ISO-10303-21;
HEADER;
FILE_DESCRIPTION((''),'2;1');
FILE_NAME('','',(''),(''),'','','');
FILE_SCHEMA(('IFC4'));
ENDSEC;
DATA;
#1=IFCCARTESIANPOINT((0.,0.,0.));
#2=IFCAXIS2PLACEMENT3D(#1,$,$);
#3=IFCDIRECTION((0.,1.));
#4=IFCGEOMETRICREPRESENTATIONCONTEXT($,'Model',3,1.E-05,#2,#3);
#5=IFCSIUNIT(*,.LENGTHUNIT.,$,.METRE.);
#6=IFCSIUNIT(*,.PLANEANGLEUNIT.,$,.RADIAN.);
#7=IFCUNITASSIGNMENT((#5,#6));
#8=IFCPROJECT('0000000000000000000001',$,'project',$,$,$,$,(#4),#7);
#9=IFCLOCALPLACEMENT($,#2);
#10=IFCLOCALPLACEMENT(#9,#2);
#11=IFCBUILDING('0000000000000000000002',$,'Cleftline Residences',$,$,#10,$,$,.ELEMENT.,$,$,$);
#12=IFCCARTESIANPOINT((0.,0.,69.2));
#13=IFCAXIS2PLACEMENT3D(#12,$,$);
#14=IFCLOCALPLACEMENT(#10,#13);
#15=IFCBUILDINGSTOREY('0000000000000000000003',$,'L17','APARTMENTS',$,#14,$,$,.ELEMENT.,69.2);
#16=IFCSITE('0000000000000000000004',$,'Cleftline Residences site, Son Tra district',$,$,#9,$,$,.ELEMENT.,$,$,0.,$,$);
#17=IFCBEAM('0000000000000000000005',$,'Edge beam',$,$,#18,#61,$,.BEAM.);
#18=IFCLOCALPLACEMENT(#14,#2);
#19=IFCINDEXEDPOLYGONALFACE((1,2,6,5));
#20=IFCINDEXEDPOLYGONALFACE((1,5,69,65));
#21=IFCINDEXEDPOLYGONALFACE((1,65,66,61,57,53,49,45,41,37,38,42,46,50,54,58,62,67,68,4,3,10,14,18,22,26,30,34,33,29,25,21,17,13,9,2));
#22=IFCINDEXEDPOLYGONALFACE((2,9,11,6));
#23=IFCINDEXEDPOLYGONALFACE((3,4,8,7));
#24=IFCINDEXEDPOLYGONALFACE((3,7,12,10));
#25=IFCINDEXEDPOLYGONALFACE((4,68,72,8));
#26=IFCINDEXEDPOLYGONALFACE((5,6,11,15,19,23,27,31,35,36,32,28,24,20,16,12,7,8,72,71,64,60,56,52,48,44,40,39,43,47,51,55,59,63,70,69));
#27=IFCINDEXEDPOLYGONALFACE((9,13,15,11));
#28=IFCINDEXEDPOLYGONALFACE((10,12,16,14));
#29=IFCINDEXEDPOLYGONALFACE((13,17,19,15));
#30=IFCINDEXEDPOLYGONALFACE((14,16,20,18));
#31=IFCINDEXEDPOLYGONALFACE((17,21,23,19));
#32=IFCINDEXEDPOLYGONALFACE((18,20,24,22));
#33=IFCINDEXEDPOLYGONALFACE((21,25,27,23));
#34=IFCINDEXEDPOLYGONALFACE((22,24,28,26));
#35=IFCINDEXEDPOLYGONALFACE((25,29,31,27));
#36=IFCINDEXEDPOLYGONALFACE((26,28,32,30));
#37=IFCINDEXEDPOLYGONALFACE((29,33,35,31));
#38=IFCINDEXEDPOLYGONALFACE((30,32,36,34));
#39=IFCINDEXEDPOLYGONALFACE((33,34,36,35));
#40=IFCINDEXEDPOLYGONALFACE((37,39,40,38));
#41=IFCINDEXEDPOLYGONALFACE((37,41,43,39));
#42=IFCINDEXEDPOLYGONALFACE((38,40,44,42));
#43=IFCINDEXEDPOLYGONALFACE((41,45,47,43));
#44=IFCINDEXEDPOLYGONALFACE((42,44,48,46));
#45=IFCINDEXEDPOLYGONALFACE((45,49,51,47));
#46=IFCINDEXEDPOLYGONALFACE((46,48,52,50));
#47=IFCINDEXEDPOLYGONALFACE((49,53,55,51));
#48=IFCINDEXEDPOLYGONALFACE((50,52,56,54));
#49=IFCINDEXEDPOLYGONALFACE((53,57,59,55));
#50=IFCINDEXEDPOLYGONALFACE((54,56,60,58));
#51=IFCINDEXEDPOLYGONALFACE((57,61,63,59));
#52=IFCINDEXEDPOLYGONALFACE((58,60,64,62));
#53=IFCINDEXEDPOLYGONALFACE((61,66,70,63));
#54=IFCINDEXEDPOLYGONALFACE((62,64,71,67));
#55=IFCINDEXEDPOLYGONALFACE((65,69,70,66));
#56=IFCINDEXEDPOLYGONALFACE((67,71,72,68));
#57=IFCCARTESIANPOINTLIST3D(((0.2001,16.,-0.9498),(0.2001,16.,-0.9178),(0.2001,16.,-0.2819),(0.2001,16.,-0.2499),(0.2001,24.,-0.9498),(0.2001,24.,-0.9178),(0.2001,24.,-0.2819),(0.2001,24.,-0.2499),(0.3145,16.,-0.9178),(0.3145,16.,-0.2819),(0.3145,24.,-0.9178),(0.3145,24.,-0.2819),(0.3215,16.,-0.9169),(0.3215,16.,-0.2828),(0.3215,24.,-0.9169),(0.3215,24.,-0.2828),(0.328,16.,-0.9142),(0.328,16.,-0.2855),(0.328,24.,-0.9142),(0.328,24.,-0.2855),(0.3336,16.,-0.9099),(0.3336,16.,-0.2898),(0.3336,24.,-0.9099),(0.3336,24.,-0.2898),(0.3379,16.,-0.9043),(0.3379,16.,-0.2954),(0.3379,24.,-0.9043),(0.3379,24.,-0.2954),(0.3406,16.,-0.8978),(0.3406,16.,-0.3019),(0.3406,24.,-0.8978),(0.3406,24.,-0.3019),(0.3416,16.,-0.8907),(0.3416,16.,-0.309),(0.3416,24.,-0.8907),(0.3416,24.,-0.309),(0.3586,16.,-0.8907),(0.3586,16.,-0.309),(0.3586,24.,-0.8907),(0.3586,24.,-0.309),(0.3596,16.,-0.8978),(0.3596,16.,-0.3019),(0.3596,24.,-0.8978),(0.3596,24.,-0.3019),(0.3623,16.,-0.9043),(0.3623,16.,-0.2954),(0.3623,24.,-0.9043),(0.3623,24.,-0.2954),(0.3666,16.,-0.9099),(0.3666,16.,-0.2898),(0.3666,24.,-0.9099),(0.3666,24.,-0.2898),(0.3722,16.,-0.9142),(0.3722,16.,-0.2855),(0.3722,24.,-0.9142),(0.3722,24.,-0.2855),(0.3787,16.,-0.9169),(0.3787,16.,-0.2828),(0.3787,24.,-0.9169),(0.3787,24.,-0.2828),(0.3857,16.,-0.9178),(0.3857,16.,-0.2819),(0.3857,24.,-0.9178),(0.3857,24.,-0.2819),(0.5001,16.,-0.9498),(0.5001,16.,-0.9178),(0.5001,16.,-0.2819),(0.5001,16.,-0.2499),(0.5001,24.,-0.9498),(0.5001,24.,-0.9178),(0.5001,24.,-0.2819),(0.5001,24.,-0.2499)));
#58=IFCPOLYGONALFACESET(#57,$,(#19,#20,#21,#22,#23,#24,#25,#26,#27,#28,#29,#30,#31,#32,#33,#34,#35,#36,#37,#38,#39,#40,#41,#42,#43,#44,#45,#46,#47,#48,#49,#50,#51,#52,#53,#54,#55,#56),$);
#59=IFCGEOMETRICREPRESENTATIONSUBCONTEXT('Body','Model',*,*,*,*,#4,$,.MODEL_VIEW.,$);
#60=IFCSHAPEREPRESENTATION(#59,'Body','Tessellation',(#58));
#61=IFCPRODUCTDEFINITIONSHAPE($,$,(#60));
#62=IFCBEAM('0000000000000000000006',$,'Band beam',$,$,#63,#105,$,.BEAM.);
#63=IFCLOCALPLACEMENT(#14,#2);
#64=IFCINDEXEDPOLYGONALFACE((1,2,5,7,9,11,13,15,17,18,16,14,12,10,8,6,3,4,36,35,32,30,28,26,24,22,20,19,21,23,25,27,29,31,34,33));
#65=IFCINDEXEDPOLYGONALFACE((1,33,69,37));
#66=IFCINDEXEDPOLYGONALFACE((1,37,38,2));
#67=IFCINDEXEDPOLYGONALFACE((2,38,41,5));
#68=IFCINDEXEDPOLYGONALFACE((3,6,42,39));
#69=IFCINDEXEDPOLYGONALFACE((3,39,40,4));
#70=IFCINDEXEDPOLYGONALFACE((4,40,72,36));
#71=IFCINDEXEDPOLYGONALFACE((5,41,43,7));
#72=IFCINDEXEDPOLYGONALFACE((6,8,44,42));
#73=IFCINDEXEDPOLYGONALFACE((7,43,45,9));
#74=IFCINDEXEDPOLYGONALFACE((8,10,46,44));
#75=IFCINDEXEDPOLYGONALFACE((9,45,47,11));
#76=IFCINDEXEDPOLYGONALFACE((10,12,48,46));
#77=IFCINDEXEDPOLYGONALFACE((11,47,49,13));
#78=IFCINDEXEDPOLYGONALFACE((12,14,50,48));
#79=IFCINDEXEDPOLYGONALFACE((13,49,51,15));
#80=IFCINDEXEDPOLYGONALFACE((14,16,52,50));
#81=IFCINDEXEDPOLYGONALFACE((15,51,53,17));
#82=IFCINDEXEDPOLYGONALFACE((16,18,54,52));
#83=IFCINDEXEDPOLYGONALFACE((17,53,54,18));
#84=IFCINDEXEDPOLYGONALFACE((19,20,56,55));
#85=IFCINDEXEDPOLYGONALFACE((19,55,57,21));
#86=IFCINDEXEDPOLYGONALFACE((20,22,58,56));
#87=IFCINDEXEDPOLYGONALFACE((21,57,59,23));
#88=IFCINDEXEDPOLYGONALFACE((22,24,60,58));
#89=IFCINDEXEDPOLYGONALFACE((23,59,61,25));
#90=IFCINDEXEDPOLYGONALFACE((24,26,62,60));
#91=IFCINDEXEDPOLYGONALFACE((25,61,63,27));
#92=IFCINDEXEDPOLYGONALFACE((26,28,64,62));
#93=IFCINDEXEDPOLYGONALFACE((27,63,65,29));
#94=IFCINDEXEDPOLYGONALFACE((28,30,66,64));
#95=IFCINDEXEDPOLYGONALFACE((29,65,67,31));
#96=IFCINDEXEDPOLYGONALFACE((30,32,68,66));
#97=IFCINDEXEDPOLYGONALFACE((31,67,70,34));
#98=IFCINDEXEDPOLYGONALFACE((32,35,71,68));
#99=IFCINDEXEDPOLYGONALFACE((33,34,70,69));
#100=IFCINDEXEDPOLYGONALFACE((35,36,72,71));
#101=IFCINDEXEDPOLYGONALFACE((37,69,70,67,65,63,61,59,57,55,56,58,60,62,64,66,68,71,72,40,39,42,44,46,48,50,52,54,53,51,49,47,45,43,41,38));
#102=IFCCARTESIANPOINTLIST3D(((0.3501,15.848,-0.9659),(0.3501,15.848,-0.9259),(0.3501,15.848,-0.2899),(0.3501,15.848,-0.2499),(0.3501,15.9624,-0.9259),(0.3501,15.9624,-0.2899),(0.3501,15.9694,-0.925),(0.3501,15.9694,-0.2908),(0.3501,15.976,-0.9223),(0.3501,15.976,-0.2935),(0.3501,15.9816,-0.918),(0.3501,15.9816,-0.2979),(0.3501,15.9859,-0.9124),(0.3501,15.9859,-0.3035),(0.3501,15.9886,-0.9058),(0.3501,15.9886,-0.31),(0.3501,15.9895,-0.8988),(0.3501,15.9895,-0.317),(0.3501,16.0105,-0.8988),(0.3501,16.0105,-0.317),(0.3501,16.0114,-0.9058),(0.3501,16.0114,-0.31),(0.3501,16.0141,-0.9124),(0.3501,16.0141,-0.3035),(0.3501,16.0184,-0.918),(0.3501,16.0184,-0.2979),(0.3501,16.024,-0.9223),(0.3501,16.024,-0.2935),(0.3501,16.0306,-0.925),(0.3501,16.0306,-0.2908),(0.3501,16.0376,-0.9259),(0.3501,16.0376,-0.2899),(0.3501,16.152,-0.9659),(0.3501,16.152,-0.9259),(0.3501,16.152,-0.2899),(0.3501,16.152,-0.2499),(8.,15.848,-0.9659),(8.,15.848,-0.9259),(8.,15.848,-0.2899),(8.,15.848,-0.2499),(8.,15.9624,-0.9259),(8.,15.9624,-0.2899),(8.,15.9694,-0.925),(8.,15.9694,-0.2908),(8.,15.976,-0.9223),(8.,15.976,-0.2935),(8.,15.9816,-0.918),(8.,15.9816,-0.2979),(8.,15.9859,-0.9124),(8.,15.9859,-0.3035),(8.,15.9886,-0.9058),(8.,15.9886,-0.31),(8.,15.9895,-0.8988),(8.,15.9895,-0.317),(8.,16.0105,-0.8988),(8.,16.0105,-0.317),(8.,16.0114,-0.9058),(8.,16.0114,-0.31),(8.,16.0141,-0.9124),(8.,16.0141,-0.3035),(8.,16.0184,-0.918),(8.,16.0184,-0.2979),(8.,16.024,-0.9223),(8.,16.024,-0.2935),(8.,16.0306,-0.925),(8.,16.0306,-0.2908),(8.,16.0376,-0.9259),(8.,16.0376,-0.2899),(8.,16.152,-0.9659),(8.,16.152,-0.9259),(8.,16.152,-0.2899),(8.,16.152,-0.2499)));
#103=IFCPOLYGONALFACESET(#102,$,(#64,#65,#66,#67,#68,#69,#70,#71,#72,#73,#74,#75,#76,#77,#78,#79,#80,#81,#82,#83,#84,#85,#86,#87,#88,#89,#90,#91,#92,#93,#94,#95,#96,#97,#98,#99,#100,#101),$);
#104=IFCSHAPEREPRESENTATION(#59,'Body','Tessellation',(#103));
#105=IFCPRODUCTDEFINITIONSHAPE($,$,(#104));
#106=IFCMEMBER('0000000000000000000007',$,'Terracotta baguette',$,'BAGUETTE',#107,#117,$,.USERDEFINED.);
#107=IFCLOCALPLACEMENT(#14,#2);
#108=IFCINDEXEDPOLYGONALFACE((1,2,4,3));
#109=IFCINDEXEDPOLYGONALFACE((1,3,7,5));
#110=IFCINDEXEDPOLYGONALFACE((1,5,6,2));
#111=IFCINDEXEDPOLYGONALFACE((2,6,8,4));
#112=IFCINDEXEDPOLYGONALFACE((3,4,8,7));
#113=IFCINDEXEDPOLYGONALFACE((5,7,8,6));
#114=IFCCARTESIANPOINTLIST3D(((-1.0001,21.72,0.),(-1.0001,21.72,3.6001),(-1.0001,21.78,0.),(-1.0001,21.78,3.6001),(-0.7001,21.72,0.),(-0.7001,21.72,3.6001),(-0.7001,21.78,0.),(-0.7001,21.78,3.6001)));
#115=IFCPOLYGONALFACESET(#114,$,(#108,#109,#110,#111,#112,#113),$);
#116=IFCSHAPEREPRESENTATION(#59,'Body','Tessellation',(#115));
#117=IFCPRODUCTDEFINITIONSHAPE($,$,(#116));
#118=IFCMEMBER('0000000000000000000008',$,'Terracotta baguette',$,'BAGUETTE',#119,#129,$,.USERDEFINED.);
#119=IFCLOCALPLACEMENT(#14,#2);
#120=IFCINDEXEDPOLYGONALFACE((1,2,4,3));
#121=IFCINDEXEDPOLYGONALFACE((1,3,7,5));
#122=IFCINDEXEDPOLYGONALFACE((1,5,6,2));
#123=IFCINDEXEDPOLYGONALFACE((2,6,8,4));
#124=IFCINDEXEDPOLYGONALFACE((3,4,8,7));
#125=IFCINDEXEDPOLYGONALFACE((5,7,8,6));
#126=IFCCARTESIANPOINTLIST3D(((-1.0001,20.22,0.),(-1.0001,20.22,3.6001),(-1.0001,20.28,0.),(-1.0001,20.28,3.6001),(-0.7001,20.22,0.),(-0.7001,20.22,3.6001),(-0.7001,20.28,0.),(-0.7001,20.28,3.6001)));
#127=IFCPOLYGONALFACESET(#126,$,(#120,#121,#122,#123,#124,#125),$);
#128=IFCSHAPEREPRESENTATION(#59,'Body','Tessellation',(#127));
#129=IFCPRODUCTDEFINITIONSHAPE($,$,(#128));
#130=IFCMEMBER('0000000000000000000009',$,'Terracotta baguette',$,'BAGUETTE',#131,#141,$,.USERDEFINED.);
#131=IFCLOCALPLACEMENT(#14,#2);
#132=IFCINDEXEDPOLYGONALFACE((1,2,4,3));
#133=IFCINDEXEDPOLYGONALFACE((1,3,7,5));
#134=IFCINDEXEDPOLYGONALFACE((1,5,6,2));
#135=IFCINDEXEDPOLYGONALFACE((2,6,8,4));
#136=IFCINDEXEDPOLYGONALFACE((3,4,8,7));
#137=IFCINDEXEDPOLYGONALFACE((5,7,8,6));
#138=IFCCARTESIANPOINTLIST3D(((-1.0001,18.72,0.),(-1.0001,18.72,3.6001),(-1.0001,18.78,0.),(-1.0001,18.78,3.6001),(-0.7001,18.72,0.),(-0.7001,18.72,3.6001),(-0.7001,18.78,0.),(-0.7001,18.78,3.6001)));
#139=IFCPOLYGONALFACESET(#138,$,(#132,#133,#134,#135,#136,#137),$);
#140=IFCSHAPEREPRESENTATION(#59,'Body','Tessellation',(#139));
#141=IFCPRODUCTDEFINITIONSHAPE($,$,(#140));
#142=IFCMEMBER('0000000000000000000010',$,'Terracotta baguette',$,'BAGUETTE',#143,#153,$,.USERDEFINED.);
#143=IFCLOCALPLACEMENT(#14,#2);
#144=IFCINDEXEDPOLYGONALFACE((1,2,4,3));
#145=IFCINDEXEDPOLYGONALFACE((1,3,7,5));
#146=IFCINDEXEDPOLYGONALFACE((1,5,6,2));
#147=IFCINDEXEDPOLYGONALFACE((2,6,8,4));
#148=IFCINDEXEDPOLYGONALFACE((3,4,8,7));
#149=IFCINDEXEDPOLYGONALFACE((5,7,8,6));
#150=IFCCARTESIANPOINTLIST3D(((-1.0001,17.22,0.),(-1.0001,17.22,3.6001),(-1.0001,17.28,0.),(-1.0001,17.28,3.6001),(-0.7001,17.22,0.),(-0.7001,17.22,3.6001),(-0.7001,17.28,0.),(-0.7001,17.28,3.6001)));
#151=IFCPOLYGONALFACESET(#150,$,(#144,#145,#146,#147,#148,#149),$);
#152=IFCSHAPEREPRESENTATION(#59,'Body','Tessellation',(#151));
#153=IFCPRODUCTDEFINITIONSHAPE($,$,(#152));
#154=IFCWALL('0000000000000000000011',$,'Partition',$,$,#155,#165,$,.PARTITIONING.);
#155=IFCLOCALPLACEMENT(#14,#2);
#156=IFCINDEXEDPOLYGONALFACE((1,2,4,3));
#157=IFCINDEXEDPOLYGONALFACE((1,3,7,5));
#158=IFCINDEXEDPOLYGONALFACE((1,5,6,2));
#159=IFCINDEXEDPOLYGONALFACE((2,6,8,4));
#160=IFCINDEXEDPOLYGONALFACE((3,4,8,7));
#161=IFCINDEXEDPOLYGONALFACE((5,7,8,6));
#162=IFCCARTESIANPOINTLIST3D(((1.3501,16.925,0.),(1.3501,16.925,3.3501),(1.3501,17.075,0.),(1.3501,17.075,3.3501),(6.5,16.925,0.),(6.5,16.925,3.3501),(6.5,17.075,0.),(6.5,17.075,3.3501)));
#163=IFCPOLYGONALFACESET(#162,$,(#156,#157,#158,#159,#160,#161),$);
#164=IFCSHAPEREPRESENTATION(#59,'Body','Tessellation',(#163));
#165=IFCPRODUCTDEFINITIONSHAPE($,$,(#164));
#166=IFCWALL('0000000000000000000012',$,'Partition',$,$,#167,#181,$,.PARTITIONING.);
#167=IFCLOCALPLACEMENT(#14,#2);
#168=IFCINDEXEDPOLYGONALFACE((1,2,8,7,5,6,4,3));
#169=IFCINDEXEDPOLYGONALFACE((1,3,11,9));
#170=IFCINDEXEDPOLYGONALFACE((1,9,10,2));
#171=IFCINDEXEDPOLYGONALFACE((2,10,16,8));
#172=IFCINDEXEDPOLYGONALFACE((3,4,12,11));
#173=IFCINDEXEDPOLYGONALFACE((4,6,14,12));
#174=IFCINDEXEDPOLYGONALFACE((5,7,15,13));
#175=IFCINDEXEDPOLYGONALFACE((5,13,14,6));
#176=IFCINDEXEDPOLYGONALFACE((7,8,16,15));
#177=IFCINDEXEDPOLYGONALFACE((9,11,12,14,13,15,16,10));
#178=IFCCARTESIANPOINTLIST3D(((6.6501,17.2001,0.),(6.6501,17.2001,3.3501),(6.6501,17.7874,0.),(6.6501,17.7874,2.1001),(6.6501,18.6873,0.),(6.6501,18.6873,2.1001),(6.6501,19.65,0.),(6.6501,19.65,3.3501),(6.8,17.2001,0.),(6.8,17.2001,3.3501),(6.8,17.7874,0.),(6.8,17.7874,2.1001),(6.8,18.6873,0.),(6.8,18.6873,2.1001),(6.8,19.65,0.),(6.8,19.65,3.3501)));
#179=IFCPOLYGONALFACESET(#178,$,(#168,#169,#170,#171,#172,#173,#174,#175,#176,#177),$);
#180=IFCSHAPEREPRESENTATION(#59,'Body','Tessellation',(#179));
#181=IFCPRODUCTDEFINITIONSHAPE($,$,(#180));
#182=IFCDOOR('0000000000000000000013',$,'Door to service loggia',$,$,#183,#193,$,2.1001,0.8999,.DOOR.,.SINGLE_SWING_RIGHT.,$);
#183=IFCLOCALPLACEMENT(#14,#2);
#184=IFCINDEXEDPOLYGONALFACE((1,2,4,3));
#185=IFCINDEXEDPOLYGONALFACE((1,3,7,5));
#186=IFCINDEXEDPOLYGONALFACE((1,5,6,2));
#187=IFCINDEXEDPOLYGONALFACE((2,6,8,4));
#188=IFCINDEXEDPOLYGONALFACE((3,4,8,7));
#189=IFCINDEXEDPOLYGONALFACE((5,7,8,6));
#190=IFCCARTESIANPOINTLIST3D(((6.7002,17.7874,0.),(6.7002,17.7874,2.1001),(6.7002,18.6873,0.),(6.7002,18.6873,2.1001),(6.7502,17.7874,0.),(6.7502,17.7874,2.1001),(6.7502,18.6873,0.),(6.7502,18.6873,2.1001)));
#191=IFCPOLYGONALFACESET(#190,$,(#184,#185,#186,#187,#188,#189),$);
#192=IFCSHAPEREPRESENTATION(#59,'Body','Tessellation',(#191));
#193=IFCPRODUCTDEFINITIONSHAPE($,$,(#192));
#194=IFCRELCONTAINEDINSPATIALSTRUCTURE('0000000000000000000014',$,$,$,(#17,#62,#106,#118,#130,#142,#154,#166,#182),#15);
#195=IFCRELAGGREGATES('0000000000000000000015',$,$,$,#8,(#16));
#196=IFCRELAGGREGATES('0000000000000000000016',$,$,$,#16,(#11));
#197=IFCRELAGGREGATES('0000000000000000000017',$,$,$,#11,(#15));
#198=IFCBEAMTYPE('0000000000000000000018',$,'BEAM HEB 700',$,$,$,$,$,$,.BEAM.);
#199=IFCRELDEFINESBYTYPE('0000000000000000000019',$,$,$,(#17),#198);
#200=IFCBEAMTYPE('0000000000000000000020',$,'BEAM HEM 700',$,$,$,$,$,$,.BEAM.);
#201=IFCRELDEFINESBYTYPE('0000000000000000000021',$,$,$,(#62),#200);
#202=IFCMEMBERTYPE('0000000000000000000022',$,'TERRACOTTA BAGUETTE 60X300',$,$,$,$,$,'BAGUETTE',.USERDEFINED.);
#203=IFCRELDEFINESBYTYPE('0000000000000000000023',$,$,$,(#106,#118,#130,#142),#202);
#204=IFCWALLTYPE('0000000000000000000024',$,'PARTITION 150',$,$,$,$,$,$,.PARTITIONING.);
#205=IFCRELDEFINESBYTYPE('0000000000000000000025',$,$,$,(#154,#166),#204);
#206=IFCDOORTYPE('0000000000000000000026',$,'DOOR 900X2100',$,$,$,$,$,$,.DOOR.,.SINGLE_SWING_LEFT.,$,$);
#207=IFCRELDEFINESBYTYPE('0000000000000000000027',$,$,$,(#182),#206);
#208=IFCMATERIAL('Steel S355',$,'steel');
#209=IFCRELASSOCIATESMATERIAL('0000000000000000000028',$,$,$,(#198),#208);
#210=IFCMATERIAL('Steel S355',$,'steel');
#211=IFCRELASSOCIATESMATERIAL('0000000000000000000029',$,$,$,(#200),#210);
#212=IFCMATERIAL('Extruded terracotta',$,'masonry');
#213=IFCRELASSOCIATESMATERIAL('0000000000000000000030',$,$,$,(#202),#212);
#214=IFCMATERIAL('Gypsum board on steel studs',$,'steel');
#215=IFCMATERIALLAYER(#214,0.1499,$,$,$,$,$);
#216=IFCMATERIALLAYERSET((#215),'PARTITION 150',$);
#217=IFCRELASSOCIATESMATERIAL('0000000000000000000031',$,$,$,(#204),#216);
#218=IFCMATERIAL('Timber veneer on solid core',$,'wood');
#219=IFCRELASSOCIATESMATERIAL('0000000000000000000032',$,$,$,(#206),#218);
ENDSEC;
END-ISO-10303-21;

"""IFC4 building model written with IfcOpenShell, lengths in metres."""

from ifc_helpers import new_model, si_unit, direction, frame, frame_2d, origin, origin_2d, place, context, subcontext, project, spatial, rectangle, i_section, extrude, material, layer, layer_set, material_profile, profile_set, type_object, element, fill, save


model = new_model("IFC4")

# Units and contexts
model_context = context("Model", 3, precision=1e-05, world=origin(), true_north=direction((0.0, 1.0)))
body_context = subcontext(model_context, "Body", "Model", "MODEL_VIEW")
ifc_project = project(units=[si_unit("LENGTHUNIT", "METRE"), si_unit("PLANEANGLEUNIT", "RADIAN")], contexts=[model_context])

# Site, building, storey
site_placement = place(None, origin())
site = spatial("IfcSite", under=ifc_project, at=site_placement, Name="Cleftline Residences site, Son Tra district", CompositionType="ELEMENT", RefElevation=0.0)
building_placement = place(site_placement, origin())
building = spatial("IfcBuilding", under=site, at=building_placement, Name="Cleftline Residences", CompositionType="ELEMENT")
storey_placement = place(building_placement, frame((0.0, 0.0, 69.2)))
storey = spatial("IfcBuildingStorey", under=building, at=storey_placement, Name="L17", Description="APARTMENTS", CompositionType="ELEMENT", Elevation=69.2)

# Beams
ifc_material_1 = material(Name="Steel S355", Category="steel")
ifc_material_profile_1 = material_profile(ifc_material_1, i_section(OverallWidth=0.3, OverallDepth=0.7, WebThickness=0.0171, FlangeThickness=0.032, FilletRadius=0.0271, at=origin_2d()))
ifc_profile_set_1 = profile_set([ifc_material_profile_1], Name="Steel S355")
beam_type_1 = type_object("IfcBeamType", Name="BEAM HEB 700", PredefinedType="BEAM", material=ifc_profile_set_1)
beam_1_placement = place(storey_placement, frame((0.3501, 16.0, -0.5999), z_axis=(0.0, 1.0, 0.0), x_axis=(-1.0, 0.0, 0.0)))
element("IfcBeam", 1, at=beam_1_placement, inside=storey, type_object=beam_type_1, Name="Edge beam", PredefinedType="BEAM", context=body_context, shape_type="SweptSolid", body=[
    extrude(i_section(OverallWidth=0.3, OverallDepth=0.7, WebThickness=0.0171, FlangeThickness=0.032, FilletRadius=0.0271, at=origin_2d()), origin(), (0.0, 0.0, 1.0), 8.0),
])
ifc_material_2 = material(Name="Steel S355", Category="steel")
ifc_material_profile_2 = material_profile(ifc_material_2, i_section(OverallWidth=0.304, OverallDepth=0.7161, WebThickness=0.021, FlangeThickness=0.04, FilletRadius=0.0271, at=origin_2d()))
ifc_profile_set_2 = profile_set([ifc_material_profile_2], Name="Steel S355")
beam_type_2 = type_object("IfcBeamType", Name="BEAM HEM 700", PredefinedType="BEAM", material=ifc_profile_set_2)
beam_2_placement = place(storey_placement, frame((0.3501, 16.0, -0.6079), z_axis=(1.0, 0.0, 0.0), x_axis=(0.0, 1.0, 0.0)))
element("IfcBeam", 2, at=beam_2_placement, inside=storey, type_object=beam_type_2, Name="Band beam", PredefinedType="BEAM", context=body_context, shape_type="SweptSolid", body=[
    extrude(i_section(OverallWidth=0.304, OverallDepth=0.7161, WebThickness=0.021, FlangeThickness=0.04, FilletRadius=0.0271, at=origin_2d()), origin(), (0.0, 0.0, 1.0), 7.6499),
])

# Members
ifc_material_3 = material(Name="Extruded terracotta", Category="masonry")
ifc_material_profile_3 = material_profile(ifc_material_3, rectangle(XDim=0.0601, YDim=0.3, at=origin_2d()))
ifc_profile_set_3 = profile_set([ifc_material_profile_3], Name="Extruded terracotta")
member_type_1 = type_object("IfcMemberType", Name="TERRACOTTA BAGUETTE 60X300", ElementType="BAGUETTE", PredefinedType="USERDEFINED", material=ifc_profile_set_3)
for number, where, z_axis, x_axis, name in (
    (3, (-0.8501, 21.75, 0.0), (0.0, 0.0, 1.0), (0.0, 1.0, 0.0), "Terracotta baguette"),
    (4, (-0.8501, 20.25, 0.0), (0.0, 0.0, 1.0), (0.0, 1.0, 0.0), "Terracotta baguette"),
    (5, (-0.8501, 18.75, 0.0), (0.0, 0.0, 1.0), (0.0, 1.0, 0.0), "Terracotta baguette"),
    (6, (-0.8501, 17.25, 0.0), (0.0, 0.0, 1.0), (0.0, 1.0, 0.0), "Terracotta baguette"),
):
    element("IfcMember", number, at=place(storey_placement, frame(where, z_axis=z_axis, x_axis=x_axis)), inside=storey, type_object=member_type_1, Name=name, ObjectType="BAGUETTE", PredefinedType="USERDEFINED", context=body_context, shape_type="SweptSolid", body=[
        extrude(rectangle(XDim=0.0601, YDim=0.3, at=origin_2d()), origin(), (0.0, 0.0, 1.0), 3.6001),
    ])

# Wall
ifc_material_4 = material(Name="Gypsum board on steel studs", Category="steel")
ifc_layer_1 = layer(ifc_material_4, 0.1499)
ifc_layer_set_1 = layer_set([ifc_layer_1], Name="PARTITION 150")
wall_type_1 = type_object("IfcWallType", Name="PARTITION 150", PredefinedType="PARTITIONING", material=ifc_layer_set_1)
wall_1_placement = place(storey_placement, frame((1.3501, 17.0, 0.0), z_axis=(0.0, 0.0, 1.0), x_axis=(1.0, 0.0, 0.0)))
element("IfcWall", 7, at=wall_1_placement, inside=storey, type_object=wall_type_1, Name="Partition", PredefinedType="PARTITIONING", context=body_context, shape_type="SweptSolid", body=[
    extrude(rectangle(XDim=5.1499, YDim=0.1499, at=frame_2d((2.575, 0.0))), origin(), (0.0, 0.0, 1.0), 3.3501),
])

# Wall, opening, door
wall_2_placement = place(storey_placement, frame((6.7251, 17.2, 0.0), z_axis=(0.0, 0.0, 1.0), x_axis=(0.0, 1.0, 0.0)))
wall_2 = element("IfcWall", 8, at=wall_2_placement, inside=storey, type_object=wall_type_1, Name="Partition", PredefinedType="PARTITIONING", context=body_context, shape_type="SweptSolid", body=[
    extrude(rectangle(XDim=2.45, YDim=0.1499, at=frame_2d((1.2251, 0.0))), origin(), (0.0, 0.0, 1.0), 3.3501),
])
opening_1_placement = place(wall_2_placement, frame((0.5874, 0.0, 0.0)))
opening_1 = element("IfcOpeningElement", 9, at=opening_1_placement, cuts=wall_2, PredefinedType="OPENING", context=body_context, shape_type="SweptSolid", body=[
    extrude(rectangle(XDim=0.8999, YDim=2.1001, at=frame_2d((0.45, 1.05))), frame((0.0, 0.085, 0.0), z_axis=(0.0, -1.0, 0.0), x_axis=(1.0, 0.0, 0.0)), (0.0, 0.0, 1.0), 0.1699),
])
ifc_material_5 = material(Name="Timber veneer on solid core", Category="wood")
door_type_1 = type_object("IfcDoorType", Name="DOOR 900X2100", OperationType="SINGLE_SWING_LEFT", PredefinedType="DOOR", material=ifc_material_5)
door_1_placement = place(opening_1_placement, origin())
door_1 = element("IfcDoor", 10, at=door_1_placement, inside=storey, type_object=door_type_1, Name="Door to service loggia", OperationType="SINGLE_SWING_RIGHT", OverallHeight=2.1001, OverallWidth=0.8999, PredefinedType="DOOR", context=body_context, shape_type="SweptSolid", body=[
    extrude(rectangle(XDim=0.8999, YDim=2.1001, at=frame_2d((0.45, 1.05))), frame((0.0, 0.0249, 0.0), z_axis=(0.0, -1.0, 0.0), x_axis=(1.0, 0.0, 0.0)), (0.0, 0.0, 1.0), 0.05),
])
fill(opening_1, door_1)

save(model, "model.ifc")
